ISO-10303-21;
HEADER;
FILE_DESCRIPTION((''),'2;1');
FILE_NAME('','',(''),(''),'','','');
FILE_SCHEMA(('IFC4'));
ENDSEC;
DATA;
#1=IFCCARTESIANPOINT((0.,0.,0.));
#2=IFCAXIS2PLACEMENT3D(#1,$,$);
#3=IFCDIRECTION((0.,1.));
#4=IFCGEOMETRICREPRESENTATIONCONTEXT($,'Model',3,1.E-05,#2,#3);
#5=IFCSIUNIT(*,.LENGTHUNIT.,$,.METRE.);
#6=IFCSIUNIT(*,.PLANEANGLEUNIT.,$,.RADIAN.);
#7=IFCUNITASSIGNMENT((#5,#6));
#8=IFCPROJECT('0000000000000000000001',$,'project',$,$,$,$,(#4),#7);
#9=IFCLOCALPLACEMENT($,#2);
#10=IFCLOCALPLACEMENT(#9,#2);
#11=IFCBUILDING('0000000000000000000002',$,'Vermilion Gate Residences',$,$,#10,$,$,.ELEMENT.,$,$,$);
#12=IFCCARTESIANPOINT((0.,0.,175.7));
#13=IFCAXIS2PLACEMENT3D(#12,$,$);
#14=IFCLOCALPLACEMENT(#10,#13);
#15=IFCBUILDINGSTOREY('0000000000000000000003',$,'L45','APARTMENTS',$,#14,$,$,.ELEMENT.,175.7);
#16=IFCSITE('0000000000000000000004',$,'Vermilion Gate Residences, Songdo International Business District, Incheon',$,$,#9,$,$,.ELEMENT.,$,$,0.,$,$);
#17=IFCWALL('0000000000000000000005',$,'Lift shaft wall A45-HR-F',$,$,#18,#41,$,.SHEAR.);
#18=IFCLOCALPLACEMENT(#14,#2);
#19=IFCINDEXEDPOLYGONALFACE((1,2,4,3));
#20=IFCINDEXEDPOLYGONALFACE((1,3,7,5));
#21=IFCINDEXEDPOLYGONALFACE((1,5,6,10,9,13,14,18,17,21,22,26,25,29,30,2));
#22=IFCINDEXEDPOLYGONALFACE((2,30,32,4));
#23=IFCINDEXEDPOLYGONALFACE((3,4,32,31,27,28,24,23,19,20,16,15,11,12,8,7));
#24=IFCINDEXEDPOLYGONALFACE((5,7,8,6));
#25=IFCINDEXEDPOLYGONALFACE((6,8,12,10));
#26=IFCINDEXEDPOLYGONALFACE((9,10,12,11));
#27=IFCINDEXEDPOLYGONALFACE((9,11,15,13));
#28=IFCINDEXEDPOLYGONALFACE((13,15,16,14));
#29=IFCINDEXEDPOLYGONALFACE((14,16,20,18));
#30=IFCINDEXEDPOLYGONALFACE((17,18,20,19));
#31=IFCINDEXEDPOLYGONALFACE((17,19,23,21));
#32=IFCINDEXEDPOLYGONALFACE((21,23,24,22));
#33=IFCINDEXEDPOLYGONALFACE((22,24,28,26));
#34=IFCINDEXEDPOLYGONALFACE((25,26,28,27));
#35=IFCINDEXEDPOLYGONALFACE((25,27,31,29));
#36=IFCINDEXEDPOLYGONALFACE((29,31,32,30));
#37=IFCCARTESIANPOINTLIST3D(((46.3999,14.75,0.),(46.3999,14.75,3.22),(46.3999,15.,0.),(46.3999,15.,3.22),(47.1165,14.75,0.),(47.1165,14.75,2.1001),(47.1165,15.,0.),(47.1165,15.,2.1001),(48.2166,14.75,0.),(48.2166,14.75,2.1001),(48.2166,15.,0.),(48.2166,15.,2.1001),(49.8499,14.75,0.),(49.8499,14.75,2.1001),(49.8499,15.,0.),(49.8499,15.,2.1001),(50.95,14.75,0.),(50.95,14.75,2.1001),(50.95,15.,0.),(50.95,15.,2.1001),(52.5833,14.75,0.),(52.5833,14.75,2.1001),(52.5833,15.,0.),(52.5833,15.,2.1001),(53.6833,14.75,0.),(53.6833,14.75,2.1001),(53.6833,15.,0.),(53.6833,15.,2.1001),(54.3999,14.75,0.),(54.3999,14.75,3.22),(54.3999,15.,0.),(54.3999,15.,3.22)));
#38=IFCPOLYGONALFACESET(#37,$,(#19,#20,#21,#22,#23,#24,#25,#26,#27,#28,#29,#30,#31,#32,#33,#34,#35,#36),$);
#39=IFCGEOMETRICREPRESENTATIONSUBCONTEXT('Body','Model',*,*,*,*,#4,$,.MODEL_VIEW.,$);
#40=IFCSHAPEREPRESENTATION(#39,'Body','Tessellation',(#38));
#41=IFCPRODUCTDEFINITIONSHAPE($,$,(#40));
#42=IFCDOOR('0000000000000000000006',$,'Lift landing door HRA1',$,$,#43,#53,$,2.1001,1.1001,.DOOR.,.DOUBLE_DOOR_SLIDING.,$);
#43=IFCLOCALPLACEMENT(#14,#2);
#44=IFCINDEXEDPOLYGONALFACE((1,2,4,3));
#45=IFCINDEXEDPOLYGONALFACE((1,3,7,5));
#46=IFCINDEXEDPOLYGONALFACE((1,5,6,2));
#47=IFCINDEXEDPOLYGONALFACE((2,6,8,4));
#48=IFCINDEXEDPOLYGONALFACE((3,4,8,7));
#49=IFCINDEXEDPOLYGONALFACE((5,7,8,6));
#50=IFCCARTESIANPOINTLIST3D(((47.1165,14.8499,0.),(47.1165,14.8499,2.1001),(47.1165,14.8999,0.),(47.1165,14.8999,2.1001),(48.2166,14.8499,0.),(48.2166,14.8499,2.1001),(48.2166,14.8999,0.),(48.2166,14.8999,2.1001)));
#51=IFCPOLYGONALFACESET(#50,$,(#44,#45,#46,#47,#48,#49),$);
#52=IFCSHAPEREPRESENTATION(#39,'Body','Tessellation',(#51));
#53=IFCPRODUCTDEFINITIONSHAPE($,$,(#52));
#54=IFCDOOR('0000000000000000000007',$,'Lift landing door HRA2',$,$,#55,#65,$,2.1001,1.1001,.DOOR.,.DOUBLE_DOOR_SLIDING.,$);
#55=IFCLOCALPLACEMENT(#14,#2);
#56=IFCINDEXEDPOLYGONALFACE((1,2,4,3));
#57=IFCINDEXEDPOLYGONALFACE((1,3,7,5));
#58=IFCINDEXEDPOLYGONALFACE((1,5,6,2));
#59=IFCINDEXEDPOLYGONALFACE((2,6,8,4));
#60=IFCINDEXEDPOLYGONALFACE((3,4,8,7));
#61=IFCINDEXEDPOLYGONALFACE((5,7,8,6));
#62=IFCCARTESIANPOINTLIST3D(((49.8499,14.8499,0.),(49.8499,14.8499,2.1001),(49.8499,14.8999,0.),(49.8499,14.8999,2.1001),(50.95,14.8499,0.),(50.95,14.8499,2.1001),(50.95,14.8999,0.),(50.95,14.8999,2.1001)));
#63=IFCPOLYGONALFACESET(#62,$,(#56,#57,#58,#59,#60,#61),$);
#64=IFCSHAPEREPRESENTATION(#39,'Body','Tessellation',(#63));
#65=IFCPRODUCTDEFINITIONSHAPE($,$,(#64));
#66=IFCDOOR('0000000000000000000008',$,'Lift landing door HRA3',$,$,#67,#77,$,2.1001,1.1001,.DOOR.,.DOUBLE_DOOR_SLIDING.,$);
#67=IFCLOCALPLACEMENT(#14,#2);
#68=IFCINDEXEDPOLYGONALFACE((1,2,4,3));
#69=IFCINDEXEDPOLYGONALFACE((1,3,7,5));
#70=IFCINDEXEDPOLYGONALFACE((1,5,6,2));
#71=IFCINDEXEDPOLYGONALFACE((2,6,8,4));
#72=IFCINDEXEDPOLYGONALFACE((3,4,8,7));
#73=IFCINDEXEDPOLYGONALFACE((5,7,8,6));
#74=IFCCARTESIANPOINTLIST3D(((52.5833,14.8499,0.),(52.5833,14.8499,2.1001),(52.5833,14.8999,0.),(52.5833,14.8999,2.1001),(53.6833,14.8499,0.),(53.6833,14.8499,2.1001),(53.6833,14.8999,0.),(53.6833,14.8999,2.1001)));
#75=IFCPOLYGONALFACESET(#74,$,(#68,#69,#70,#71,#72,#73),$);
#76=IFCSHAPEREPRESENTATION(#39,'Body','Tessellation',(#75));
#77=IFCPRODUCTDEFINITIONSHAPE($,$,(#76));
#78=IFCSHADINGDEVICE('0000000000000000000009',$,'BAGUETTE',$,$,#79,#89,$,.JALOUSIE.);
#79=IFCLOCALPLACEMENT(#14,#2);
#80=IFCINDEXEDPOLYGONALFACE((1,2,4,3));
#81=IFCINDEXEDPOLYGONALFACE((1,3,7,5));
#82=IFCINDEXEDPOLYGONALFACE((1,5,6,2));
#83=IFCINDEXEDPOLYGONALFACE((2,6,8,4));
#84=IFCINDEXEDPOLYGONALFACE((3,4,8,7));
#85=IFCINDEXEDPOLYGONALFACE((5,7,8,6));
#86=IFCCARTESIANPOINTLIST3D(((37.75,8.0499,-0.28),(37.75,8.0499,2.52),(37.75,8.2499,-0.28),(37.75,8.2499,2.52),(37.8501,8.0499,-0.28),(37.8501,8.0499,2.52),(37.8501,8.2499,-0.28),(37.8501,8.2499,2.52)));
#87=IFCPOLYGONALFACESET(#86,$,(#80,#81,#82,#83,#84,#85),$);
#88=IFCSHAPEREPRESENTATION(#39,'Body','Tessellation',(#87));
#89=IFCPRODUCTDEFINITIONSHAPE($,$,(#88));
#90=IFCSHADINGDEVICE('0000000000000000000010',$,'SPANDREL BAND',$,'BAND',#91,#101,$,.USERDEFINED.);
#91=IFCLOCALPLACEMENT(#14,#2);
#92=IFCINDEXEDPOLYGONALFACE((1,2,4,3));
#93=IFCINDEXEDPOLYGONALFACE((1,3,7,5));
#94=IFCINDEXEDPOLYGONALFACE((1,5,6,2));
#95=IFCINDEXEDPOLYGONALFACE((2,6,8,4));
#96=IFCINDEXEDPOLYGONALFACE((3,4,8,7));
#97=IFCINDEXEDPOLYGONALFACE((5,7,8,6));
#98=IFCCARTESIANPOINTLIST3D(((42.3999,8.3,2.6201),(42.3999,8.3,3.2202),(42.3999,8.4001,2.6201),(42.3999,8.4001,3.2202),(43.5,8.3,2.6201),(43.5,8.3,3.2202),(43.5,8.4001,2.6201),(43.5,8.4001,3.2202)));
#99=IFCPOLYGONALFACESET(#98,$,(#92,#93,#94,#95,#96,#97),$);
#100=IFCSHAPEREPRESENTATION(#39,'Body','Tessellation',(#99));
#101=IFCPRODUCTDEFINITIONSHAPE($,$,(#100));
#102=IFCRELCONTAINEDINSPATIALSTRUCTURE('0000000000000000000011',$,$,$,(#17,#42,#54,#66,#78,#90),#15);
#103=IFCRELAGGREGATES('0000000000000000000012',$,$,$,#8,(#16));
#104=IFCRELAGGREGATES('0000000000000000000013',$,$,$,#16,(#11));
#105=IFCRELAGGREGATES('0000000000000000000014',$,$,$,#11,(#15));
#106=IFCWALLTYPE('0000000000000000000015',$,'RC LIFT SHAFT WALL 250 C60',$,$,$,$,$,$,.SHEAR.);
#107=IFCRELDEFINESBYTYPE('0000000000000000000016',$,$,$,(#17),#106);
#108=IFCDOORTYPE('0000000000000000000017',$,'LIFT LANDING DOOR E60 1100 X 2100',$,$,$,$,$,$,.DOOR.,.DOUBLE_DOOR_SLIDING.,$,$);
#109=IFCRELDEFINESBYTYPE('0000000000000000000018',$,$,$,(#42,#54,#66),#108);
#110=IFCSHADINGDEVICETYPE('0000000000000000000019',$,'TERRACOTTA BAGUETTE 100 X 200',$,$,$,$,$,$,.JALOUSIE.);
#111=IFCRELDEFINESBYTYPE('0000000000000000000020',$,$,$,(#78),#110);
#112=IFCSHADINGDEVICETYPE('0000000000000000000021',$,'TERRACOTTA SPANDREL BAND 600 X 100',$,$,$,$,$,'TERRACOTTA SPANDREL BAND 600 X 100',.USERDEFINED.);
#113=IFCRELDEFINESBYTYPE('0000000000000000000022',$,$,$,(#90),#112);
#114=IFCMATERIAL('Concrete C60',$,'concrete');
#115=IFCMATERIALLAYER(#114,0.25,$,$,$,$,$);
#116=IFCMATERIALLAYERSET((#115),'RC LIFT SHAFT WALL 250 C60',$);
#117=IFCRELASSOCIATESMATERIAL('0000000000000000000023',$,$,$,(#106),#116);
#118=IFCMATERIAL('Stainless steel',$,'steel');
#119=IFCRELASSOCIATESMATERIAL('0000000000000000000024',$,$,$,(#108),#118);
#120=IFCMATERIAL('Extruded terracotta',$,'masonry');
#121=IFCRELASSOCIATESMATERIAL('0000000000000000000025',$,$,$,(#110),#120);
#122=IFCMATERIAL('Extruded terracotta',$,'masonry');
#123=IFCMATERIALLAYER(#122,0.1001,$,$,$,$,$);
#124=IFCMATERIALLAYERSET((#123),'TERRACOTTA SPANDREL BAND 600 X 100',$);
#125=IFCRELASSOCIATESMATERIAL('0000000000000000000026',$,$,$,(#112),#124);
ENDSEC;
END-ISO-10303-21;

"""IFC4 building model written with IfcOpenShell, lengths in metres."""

from ifc_helpers import new_model, si_unit, direction, frame, frame_2d, origin, origin_2d, place, context, subcontext, project, spatial, rectangle, extrude, material, layer, layer_set, material_profile, profile_set, type_object, element, fill, save


model = new_model("IFC4")

# Units and contexts
model_context = context("Model", 3, precision=1e-05, world=origin(), true_north=direction((0.0, 1.0)))
body_context = subcontext(model_context, "Body", "Model", "MODEL_VIEW")
ifc_project = project(units=[si_unit("LENGTHUNIT", "METRE"), si_unit("PLANEANGLEUNIT", "RADIAN")], contexts=[model_context])

# Site, building, storey
site_placement = place(None, origin())
site = spatial("IfcSite", under=ifc_project, at=site_placement, Name="Vermilion Gate Residences, Songdo International Business District, Incheon", CompositionType="ELEMENT", RefElevation=0.0)
building_placement = place(site_placement, origin())
building = spatial("IfcBuilding", under=site, at=building_placement, Name="Vermilion Gate Residences", CompositionType="ELEMENT")
storey_placement = place(building_placement, frame((0.0, 0.0, 175.7)))
storey = spatial("IfcBuildingStorey", under=building, at=storey_placement, Name="L45", Description="APARTMENTS", CompositionType="ELEMENT", Elevation=175.7)

# Wall, openings, doors
ifc_material_1 = material(Name="Concrete C60", Category="concrete")
ifc_layer_1 = layer(ifc_material_1, 0.25)
ifc_layer_set_1 = layer_set([ifc_layer_1], Name="RC LIFT SHAFT WALL 250 C60")
wall_type_1 = type_object("IfcWallType", Name="RC LIFT SHAFT WALL 250 C60", PredefinedType="SHEAR", material=ifc_layer_set_1)
wall_1_placement = place(storey_placement, frame((46.3999, 14.875, 0.0), z_axis=(0.0, 0.0, 1.0), x_axis=(1.0, 0.0, 0.0)))
wall_1 = element("IfcWall", 1, at=wall_1_placement, inside=storey, type_object=wall_type_1, Name="Lift shaft wall A45-HR-F", PredefinedType="SHEAR", context=body_context, shape_type="SweptSolid", body=[
    extrude(rectangle(XDim=8.0, YDim=0.25, at=frame_2d((4.0, 0.0))), origin(), (0.0, 0.0, 1.0), 3.22),
])
opening_1_placement = place(wall_1_placement, frame((0.7166, 0.0, 0.0)))
opening_1 = element("IfcOpeningElement", 2, at=opening_1_placement, cuts=wall_1, PredefinedType="OPENING", context=body_context, shape_type="SweptSolid", body=[
    extrude(rectangle(XDim=1.1001, YDim=2.1001, at=frame_2d((0.55, 1.05))), frame((0.0, 0.135, 0.0), z_axis=(0.0, -1.0, 0.0), x_axis=(1.0, 0.0, 0.0)), (0.0, 0.0, 1.0), 0.27),
])
opening_2_placement = place(wall_1_placement, frame((3.45, 0.0, 0.0)))
opening_2 = element("IfcOpeningElement", 3, at=opening_2_placement, cuts=wall_1, PredefinedType="OPENING", context=body_context, shape_type="SweptSolid", body=[
    extrude(rectangle(XDim=1.1001, YDim=2.1001, at=frame_2d((0.55, 1.05))), frame((0.0, 0.135, 0.0), z_axis=(0.0, -1.0, 0.0), x_axis=(1.0, 0.0, 0.0)), (0.0, 0.0, 1.0), 0.27),
])
opening_3_placement = place(wall_1_placement, frame((6.1833, 0.0, 0.0)))
opening_3 = element("IfcOpeningElement", 4, at=opening_3_placement, cuts=wall_1, PredefinedType="OPENING", context=body_context, shape_type="SweptSolid", body=[
    extrude(rectangle(XDim=1.1001, YDim=2.1001, at=frame_2d((0.55, 1.05))), frame((0.0, 0.135, 0.0), z_axis=(0.0, -1.0, 0.0), x_axis=(1.0, 0.0, 0.0)), (0.0, 0.0, 1.0), 0.27),
])
ifc_material_2 = material(Name="Stainless steel", Category="steel")
door_type_1 = type_object("IfcDoorType", Name="LIFT LANDING DOOR E60 1100 X 2100", OperationType="DOUBLE_DOOR_SLIDING", PredefinedType="DOOR", material=ifc_material_2)
door_1_placement = place(opening_1_placement, origin())
door_1 = element("IfcDoor", 5, at=door_1_placement, inside=storey, type_object=door_type_1, Name="Lift landing door HRA1", OperationType="DOUBLE_DOOR_SLIDING", OverallHeight=2.1001, OverallWidth=1.1001, PredefinedType="DOOR", context=body_context, shape_type="SweptSolid", body=[
    extrude(rectangle(XDim=1.1001, YDim=2.1001, at=frame_2d((0.55, 1.05))), frame((0.0, 0.0249, 0.0), z_axis=(0.0, -1.0, 0.0), x_axis=(1.0, 0.0, 0.0)), (0.0, 0.0, 1.0), 0.05),
])
fill(opening_1, door_1)
door_2_placement = place(opening_2_placement, origin())
door_2 = element("IfcDoor", 6, at=door_2_placement, inside=storey, type_object=door_type_1, Name="Lift landing door HRA2", OperationType="DOUBLE_DOOR_SLIDING", OverallHeight=2.1001, OverallWidth=1.1001, PredefinedType="DOOR", context=body_context, shape_type="SweptSolid", body=[
    extrude(rectangle(XDim=1.1001, YDim=2.1001, at=frame_2d((0.55, 1.05))), frame((0.0, 0.0249, 0.0), z_axis=(0.0, -1.0, 0.0), x_axis=(1.0, 0.0, 0.0)), (0.0, 0.0, 1.0), 0.05),
])
fill(opening_2, door_2)
door_3_placement = place(opening_3_placement, origin())
door_3 = element("IfcDoor", 7, at=door_3_placement, inside=storey, type_object=door_type_1, Name="Lift landing door HRA3", OperationType="DOUBLE_DOOR_SLIDING", OverallHeight=2.1001, OverallWidth=1.1001, PredefinedType="DOOR", context=body_context, shape_type="SweptSolid", body=[
    extrude(rectangle(XDim=1.1001, YDim=2.1001, at=frame_2d((0.55, 1.05))), frame((0.0, 0.0249, 0.0), z_axis=(0.0, -1.0, 0.0), x_axis=(1.0, 0.0, 0.0)), (0.0, 0.0, 1.0), 0.05),
])
fill(opening_3, door_3)

# Shading devices
ifc_material_3 = material(Name="Extruded terracotta", Category="masonry")
ifc_material_profile_1 = material_profile(ifc_material_3, rectangle(XDim=0.2, YDim=0.1001, at=origin_2d()), Name="BAGUETTE 100 X 200")
ifc_profile_set_1 = profile_set([ifc_material_profile_1], Name="Extruded terracotta")
shading_device_type_1 = type_object("IfcShadingDeviceType", Name="TERRACOTTA BAGUETTE 100 X 200", PredefinedType="JALOUSIE", material=ifc_profile_set_1)
shading_device_1_placement = place(storey_placement, frame((37.8, 8.1499, -0.28), z_axis=(0.0, 0.0, 1.0), x_axis=(0.0, 1.0, 0.0)))
element("IfcShadingDevice", 8, at=shading_device_1_placement, inside=storey, type_object=shading_device_type_1, Name="BAGUETTE", PredefinedType="JALOUSIE", context=body_context, shape_type="SweptSolid", body=[
    extrude(rectangle(XDim=0.2, YDim=0.1001, at=origin_2d()), origin(), (0.0, 0.0, 1.0), 2.8),
])
ifc_material_4 = material(Name="Extruded terracotta", Category="masonry")
ifc_layer_2 = layer(ifc_material_4, 0.1001)
ifc_layer_set_2 = layer_set([ifc_layer_2], Name="TERRACOTTA SPANDREL BAND 600 X 100")
shading_device_type_2 = type_object("IfcShadingDeviceType", Name="TERRACOTTA SPANDREL BAND 600 X 100", ElementType="TERRACOTTA SPANDREL BAND 600 X 100", PredefinedType="USERDEFINED", material=ifc_layer_set_2)
shading_device_2_placement = place(storey_placement, frame((42.95, 8.3501, 2.6201), z_axis=(0.0, 0.0, 1.0), x_axis=(1.0, 0.0, 0.0)))
element("IfcShadingDevice", 9, at=shading_device_2_placement, inside=storey, type_object=shading_device_type_2, Name="SPANDREL BAND", ObjectType="BAND", PredefinedType="USERDEFINED", context=body_context, shape_type="SweptSolid", body=[
    extrude(rectangle(XDim=1.1001, YDim=0.1001, at=origin_2d()), origin(), (0.0, 0.0, 1.0), 0.6001),
])

save(model, "model.ifc")
